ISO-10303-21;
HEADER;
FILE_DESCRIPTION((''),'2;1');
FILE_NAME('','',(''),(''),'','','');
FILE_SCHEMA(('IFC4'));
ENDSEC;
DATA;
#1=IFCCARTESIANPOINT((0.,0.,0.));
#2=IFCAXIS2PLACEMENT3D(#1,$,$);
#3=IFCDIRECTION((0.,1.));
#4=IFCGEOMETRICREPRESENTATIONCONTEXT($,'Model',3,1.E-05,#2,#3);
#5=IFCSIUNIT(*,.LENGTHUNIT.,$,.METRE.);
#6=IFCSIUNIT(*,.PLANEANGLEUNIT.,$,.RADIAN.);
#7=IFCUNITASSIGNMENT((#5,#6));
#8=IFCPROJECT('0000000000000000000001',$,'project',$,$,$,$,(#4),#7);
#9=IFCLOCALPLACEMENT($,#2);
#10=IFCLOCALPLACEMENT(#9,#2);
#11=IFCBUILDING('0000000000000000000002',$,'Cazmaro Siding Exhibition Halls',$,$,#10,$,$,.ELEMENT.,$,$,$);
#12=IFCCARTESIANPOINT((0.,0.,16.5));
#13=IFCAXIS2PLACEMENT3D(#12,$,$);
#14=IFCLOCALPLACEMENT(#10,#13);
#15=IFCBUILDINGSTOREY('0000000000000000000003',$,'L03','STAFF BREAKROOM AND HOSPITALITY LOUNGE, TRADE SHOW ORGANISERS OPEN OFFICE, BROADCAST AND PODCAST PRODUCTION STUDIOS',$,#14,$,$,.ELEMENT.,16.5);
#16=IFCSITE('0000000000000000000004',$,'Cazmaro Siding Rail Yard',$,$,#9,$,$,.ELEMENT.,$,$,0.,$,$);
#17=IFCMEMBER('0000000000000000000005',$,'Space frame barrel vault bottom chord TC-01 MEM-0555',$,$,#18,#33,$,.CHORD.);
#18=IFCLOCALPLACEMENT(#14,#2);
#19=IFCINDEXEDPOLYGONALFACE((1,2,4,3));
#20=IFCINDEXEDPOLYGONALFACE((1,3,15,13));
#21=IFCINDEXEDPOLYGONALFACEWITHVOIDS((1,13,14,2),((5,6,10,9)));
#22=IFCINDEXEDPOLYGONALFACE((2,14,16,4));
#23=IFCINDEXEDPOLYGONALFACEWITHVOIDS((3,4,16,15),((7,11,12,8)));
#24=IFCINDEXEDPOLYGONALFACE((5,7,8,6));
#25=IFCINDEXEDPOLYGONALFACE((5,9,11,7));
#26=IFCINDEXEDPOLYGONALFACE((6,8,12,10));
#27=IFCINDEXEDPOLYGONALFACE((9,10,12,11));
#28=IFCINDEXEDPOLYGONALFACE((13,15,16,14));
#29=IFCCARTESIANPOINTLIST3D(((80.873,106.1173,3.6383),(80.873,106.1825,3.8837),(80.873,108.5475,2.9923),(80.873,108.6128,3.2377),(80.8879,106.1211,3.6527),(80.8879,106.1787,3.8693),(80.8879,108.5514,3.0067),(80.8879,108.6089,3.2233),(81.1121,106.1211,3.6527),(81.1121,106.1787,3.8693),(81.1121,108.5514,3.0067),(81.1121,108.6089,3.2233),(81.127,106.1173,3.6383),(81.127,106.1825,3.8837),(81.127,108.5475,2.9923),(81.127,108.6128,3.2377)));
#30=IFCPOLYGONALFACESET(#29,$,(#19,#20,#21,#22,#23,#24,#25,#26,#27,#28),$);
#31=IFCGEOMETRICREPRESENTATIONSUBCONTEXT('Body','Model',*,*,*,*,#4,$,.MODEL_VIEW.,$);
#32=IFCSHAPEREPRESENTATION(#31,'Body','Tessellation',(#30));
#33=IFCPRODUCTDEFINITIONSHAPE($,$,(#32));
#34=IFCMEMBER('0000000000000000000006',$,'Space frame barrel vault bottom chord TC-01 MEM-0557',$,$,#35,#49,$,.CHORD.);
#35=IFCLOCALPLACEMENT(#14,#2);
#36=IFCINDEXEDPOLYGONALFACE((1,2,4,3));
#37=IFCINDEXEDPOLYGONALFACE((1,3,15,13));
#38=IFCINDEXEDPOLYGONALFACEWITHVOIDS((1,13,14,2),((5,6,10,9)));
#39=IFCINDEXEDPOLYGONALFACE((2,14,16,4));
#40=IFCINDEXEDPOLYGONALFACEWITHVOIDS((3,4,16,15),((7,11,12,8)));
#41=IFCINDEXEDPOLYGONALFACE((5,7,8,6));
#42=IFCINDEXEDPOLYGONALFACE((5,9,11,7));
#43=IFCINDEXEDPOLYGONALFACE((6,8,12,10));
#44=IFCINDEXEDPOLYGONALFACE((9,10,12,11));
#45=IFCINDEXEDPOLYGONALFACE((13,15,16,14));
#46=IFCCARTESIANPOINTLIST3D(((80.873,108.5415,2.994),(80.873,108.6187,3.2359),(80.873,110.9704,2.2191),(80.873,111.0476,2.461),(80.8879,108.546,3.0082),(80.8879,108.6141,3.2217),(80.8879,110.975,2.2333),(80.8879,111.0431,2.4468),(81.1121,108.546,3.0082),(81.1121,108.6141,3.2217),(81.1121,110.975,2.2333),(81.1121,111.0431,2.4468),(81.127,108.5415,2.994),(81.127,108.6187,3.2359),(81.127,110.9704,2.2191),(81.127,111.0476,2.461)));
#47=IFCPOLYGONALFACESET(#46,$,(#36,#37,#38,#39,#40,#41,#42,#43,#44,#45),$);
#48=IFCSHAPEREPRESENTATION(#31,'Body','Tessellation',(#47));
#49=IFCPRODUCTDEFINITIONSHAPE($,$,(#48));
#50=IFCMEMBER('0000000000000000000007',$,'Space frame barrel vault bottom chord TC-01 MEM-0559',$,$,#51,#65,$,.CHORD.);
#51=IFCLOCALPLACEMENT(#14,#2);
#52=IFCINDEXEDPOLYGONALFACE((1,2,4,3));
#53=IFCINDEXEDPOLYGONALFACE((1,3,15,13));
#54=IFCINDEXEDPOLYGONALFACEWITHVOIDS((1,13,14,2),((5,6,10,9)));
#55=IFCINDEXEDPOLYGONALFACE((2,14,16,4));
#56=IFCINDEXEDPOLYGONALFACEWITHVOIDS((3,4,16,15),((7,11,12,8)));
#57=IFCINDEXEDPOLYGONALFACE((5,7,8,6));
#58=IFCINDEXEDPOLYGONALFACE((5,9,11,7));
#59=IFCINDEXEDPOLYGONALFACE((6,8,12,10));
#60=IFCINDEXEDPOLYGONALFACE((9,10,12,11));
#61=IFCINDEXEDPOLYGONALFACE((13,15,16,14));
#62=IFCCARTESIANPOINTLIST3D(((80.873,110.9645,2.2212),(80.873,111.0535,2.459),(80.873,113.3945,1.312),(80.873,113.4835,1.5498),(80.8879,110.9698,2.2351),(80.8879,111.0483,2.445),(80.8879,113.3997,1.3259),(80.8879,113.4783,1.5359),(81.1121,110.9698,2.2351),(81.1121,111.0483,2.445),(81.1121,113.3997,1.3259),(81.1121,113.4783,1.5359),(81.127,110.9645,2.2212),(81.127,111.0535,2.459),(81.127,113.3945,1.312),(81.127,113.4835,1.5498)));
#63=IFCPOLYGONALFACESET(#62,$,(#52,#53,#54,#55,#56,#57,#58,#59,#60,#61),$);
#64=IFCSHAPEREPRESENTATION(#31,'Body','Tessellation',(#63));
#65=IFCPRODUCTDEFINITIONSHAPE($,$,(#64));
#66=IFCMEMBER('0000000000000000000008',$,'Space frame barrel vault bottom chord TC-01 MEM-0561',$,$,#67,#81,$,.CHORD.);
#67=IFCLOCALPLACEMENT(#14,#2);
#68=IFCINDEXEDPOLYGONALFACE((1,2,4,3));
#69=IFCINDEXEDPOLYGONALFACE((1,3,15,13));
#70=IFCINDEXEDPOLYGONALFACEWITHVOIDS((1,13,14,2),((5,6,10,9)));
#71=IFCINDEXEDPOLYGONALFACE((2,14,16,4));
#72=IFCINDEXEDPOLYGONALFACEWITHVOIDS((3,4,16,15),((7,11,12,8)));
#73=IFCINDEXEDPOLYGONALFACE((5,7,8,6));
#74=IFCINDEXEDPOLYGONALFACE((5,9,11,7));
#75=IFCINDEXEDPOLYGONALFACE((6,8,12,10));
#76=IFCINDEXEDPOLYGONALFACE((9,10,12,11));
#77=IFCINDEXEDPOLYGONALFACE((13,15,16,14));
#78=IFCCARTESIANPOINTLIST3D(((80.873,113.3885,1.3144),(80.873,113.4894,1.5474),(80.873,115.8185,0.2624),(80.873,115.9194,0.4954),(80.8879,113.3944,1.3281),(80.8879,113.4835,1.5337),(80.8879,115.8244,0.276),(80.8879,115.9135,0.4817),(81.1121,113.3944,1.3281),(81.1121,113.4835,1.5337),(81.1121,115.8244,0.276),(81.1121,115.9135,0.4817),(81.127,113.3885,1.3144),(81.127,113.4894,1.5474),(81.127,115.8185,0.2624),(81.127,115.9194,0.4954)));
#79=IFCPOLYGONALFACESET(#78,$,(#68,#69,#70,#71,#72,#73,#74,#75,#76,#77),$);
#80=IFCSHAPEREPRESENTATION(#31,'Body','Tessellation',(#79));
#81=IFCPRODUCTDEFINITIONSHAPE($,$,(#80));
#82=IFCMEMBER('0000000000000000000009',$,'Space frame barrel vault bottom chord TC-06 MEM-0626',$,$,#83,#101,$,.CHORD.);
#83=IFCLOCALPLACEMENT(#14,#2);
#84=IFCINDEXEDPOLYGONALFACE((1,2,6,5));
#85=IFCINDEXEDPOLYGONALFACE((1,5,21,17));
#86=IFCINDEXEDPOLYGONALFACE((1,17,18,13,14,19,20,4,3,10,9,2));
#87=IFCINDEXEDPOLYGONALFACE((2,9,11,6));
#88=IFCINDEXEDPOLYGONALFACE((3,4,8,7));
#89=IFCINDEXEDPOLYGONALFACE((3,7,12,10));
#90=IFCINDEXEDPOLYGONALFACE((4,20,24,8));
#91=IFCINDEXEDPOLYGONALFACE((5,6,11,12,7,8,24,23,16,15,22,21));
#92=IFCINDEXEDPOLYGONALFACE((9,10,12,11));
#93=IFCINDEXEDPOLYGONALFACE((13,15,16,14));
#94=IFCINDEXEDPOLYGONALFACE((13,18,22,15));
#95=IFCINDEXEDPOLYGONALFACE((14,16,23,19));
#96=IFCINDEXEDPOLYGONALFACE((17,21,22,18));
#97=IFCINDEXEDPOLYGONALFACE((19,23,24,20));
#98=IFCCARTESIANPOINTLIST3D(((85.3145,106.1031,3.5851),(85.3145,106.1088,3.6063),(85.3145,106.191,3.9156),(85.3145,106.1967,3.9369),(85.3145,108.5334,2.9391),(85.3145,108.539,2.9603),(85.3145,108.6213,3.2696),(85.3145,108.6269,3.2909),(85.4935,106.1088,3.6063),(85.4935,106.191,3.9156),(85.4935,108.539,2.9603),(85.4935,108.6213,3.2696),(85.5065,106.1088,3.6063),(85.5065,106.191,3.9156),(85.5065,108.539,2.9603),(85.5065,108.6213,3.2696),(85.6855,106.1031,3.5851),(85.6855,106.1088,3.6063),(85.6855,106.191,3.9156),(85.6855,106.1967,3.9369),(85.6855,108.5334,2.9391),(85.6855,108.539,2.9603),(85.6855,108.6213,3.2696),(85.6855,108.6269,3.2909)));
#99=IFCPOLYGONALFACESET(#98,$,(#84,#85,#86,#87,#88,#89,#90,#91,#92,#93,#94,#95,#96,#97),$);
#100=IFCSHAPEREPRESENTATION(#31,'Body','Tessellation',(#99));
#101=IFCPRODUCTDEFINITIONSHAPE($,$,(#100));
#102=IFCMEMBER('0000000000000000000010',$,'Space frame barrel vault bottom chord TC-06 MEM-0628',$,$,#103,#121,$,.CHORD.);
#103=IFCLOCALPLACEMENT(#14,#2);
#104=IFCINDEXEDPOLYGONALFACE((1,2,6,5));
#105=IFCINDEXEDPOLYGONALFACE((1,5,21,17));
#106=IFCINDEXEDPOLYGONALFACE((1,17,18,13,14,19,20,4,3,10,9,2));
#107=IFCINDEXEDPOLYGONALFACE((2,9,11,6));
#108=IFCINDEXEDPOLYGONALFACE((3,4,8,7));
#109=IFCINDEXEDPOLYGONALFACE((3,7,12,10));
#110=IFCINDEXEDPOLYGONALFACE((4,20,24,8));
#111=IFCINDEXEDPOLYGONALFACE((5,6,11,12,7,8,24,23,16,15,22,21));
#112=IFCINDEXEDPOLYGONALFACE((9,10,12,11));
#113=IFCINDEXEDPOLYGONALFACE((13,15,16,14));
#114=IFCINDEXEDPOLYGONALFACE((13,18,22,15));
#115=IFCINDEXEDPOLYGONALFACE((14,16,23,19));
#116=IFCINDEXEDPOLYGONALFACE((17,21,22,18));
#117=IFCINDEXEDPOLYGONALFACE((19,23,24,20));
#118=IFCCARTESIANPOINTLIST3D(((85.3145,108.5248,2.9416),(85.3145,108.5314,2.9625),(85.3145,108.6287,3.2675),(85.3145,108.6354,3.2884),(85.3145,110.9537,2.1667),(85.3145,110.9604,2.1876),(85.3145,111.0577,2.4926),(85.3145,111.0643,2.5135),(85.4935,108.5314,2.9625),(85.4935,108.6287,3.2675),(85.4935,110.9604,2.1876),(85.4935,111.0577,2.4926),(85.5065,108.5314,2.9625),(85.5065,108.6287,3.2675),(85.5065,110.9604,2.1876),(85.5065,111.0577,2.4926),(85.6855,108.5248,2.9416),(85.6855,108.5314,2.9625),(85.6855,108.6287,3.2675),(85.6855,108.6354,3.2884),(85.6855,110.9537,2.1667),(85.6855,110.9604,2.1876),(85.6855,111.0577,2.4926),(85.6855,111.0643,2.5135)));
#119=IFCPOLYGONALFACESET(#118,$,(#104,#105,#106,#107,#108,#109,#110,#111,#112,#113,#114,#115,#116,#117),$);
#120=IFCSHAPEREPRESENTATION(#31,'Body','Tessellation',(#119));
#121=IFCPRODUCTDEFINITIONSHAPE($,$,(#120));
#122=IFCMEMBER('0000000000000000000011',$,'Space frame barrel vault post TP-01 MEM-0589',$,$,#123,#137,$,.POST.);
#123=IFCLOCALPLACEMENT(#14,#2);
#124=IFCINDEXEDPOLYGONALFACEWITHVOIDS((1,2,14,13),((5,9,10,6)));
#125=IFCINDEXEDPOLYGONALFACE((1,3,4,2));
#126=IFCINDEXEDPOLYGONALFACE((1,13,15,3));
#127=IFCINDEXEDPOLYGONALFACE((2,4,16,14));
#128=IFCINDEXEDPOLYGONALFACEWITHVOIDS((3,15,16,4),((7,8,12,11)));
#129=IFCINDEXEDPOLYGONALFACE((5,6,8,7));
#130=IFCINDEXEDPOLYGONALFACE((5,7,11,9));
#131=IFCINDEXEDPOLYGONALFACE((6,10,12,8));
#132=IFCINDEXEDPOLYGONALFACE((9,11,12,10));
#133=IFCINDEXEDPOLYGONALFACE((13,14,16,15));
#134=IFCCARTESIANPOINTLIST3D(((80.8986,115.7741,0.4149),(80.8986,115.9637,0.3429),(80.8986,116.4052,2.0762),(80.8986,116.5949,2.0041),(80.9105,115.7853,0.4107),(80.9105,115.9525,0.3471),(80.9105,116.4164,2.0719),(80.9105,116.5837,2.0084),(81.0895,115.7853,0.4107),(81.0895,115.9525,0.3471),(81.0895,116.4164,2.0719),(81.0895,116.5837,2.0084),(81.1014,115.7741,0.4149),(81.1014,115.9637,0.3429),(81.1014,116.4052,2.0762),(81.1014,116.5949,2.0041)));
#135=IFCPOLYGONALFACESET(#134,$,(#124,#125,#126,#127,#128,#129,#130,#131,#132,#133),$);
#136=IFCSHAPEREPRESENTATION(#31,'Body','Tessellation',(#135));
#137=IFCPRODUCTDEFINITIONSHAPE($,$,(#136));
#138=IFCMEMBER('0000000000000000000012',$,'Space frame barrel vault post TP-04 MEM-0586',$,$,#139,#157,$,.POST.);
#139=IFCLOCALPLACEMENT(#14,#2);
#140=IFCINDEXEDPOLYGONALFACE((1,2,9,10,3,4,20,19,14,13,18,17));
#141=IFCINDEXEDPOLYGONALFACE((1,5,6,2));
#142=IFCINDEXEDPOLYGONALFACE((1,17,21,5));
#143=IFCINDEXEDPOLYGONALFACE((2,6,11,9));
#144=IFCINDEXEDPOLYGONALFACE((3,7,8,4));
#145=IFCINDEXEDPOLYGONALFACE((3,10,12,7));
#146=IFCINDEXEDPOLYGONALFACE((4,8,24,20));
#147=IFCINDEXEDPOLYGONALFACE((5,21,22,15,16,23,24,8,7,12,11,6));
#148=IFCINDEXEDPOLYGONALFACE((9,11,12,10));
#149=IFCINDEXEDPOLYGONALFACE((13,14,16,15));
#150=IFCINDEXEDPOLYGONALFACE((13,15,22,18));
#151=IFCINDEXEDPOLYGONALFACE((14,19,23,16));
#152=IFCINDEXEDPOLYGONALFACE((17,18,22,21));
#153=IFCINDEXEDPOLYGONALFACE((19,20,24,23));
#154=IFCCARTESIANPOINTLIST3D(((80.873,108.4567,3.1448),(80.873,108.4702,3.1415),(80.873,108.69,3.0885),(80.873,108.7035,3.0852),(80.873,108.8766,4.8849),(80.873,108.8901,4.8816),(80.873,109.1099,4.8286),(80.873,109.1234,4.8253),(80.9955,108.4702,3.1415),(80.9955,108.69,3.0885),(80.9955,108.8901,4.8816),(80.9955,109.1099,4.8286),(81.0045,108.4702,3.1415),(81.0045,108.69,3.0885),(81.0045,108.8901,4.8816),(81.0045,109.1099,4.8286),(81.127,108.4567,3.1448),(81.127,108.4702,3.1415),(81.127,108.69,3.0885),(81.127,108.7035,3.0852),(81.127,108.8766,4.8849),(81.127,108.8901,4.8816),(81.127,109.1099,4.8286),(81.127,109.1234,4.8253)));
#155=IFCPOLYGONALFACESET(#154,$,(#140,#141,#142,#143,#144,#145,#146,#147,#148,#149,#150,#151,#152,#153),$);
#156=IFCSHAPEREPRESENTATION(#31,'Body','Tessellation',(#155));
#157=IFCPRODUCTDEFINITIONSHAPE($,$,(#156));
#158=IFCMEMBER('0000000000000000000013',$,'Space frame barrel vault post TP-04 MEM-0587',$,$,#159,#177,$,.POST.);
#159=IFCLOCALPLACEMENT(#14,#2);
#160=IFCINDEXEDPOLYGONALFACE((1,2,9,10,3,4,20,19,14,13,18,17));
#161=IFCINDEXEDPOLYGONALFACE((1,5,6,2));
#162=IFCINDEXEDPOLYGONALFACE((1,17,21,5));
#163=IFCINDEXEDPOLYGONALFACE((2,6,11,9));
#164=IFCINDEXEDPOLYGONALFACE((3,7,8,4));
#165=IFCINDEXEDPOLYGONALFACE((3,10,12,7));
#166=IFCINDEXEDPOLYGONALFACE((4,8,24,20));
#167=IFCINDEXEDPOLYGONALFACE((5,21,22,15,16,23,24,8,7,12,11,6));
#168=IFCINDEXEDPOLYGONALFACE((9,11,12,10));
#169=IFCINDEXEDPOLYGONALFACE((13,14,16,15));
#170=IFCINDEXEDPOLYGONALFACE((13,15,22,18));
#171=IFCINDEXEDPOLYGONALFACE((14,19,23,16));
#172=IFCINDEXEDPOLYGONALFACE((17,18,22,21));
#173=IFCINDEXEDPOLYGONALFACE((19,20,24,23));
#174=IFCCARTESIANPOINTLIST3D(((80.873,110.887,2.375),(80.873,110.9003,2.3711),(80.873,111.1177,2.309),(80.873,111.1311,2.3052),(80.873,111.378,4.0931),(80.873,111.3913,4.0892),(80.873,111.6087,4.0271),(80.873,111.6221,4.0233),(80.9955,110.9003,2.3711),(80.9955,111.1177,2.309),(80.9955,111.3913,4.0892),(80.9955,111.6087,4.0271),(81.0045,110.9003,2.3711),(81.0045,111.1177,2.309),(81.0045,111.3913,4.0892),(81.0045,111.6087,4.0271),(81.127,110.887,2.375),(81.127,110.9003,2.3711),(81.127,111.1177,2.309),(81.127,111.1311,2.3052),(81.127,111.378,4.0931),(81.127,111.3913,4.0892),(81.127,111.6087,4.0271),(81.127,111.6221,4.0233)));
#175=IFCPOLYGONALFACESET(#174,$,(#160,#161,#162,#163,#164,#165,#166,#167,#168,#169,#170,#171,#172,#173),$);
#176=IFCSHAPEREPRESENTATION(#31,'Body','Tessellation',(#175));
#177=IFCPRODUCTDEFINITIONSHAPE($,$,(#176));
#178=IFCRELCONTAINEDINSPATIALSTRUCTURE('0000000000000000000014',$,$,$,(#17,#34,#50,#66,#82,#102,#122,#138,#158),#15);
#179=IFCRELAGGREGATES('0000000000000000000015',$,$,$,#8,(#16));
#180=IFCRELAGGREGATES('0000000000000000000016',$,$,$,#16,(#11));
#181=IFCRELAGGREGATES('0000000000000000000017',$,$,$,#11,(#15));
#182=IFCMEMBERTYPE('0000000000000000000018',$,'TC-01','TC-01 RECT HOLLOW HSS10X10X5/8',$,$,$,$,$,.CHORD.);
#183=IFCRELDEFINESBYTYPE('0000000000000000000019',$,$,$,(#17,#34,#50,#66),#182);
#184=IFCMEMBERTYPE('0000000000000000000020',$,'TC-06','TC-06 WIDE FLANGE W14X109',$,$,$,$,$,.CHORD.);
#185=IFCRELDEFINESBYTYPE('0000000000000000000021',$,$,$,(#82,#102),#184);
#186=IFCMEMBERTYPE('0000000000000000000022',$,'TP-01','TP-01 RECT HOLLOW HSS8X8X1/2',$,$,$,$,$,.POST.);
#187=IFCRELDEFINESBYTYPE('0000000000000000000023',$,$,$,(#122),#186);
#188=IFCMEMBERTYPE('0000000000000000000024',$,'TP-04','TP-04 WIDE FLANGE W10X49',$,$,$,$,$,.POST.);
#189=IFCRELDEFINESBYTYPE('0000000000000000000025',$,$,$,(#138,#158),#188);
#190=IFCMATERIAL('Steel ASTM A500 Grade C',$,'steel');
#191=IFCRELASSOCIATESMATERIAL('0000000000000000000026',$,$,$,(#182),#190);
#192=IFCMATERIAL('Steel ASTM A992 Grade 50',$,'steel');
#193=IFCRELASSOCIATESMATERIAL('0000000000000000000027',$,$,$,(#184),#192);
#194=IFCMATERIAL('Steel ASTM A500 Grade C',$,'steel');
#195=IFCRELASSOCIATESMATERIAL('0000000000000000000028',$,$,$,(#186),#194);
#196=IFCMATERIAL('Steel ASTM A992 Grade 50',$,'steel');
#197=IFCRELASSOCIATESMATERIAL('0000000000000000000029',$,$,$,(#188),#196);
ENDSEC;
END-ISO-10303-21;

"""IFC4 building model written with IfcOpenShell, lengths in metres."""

from ifc_helpers import new_model, si_unit, direction, frame, origin, origin_2d, place, context, subcontext, project, spatial, hollow_rectangle, i_section, extrude, material, material_profile, profile_set, type_object, element, save


model = new_model("IFC4")

# Units and contexts
model_context = context("Model", 3, precision=1e-05, world=origin(), true_north=direction((0.0, 1.0)))
body_context = subcontext(model_context, "Body", "Model", "MODEL_VIEW")
ifc_project = project(units=[si_unit("LENGTHUNIT", "METRE"), si_unit("PLANEANGLEUNIT", "RADIAN")], contexts=[model_context])

# Site, building, storey
site_placement = place(None, origin())
site = spatial("IfcSite", under=ifc_project, at=site_placement, Name="Cazmaro Siding Rail Yard", CompositionType="ELEMENT", RefElevation=0.0)
building_placement = place(site_placement, origin())
building = spatial("IfcBuilding", under=site, at=building_placement, Name="Cazmaro Siding Exhibition Halls", CompositionType="ELEMENT")
storey_placement = place(building_placement, frame((0.0, 0.0, 16.5)))
storey = spatial("IfcBuildingStorey", under=building, at=storey_placement, Name="L03", Description="STAFF BREAKROOM AND HOSPITALITY LOUNGE, TRADE SHOW ORGANISERS OPEN OFFICE, BROADCAST AND PODCAST PRODUCTION STUDIOS", CompositionType="ELEMENT", Elevation=16.5)

# Members
ifc_material_1 = material(Name="Steel ASTM A500 Grade C", Category="steel")
ifc_material_profile_1 = material_profile(ifc_material_1, hollow_rectangle(XDim=0.2539, YDim=0.2539, WallThickness=0.0149, at=origin_2d()), Name="HSS10X10X5/8")
ifc_profile_set_1 = profile_set([ifc_material_profile_1], Name="Steel ASTM A500 Grade C")
member_type_1 = type_object("IfcMemberType", Name="TC-01", Description="TC-01 RECT HOLLOW HSS10X10X5/8", PredefinedType="CHORD", material=ifc_profile_set_1)
member_1_placement = place(storey_placement, frame((81.0, 106.1499, 3.761), z_axis=(0.0, 0.966438, -0.256901), x_axis=(-1.0, 0.0, 0.0)))
element("IfcMember", 1, at=member_1_placement, inside=storey, type_object=member_type_1, Name="Space frame barrel vault bottom chord TC-01 MEM-0555", PredefinedType="CHORD", context=body_context, shape_type="SweptSolid", body=[
    extrude(hollow_rectangle(XDim=0.2539, YDim=0.2539, WallThickness=0.0149, at=origin_2d()), origin(), (0.0, 0.0, 1.0), 2.5146),
])
member_2_placement = place(storey_placement, frame((81.0, 108.5801, 3.115), z_axis=(0.0, 0.952693, -0.303935), x_axis=(-1.0, 0.0, 0.0)))
element("IfcMember", 2, at=member_2_placement, inside=storey, type_object=member_type_1, Name="Space frame barrel vault bottom chord TC-01 MEM-0557", PredefinedType="CHORD", context=body_context, shape_type="SweptSolid", body=[
    extrude(hollow_rectangle(XDim=0.2539, YDim=0.2539, WallThickness=0.0149, at=origin_2d()), origin(), (0.0, 0.0, 1.0), 2.5496),
])
member_3_placement = place(storey_placement, frame((81.0, 111.009, 2.3401), z_axis=(0.0, 0.936588, -0.350432), x_axis=(-1.0, 0.0, 0.0)))
element("IfcMember", 3, at=member_3_placement, inside=storey, type_object=member_type_1, Name="Space frame barrel vault bottom chord TC-01 MEM-0559", PredefinedType="CHORD", context=body_context, shape_type="SweptSolid", body=[
    extrude(hollow_rectangle(XDim=0.2539, YDim=0.2539, WallThickness=0.0149, at=origin_2d()), origin(), (0.0, 0.0, 1.0), 2.5945),
])
member_4_placement = place(storey_placement, frame((81.0, 113.439, 1.4309), z_axis=(0.0, 0.917689, -0.397299), x_axis=(-1.0, 0.0, 0.0)))
element("IfcMember", 4, at=member_4_placement, inside=storey, type_object=member_type_1, Name="Space frame barrel vault bottom chord TC-01 MEM-0561", PredefinedType="CHORD", context=body_context, shape_type="SweptSolid", body=[
    extrude(hollow_rectangle(XDim=0.2539, YDim=0.2539, WallThickness=0.0149, at=origin_2d()), origin(), (0.0, 0.0, 1.0), 2.6479),
])
ifc_material_2 = material(Name="Steel ASTM A992 Grade 50", Category="steel")
ifc_material_profile_2 = material_profile(ifc_material_2, i_section(OverallWidth=0.3711, OverallDepth=0.364, WebThickness=0.0129, FlangeThickness=0.022, at=origin_2d()), Name="W14X109")
ifc_profile_set_2 = profile_set([ifc_material_profile_2], Name="Steel ASTM A992 Grade 50")
member_type_2 = type_object("IfcMemberType", Name="TC-06", Description="TC-06 WIDE FLANGE W14X109", PredefinedType="CHORD", material=ifc_profile_set_2)
member_5_placement = place(storey_placement, frame((85.5, 106.1499, 3.761), z_axis=(0.0, 0.966438, -0.256901), x_axis=(-1.0, 0.0, 0.0)))
element("IfcMember", 5, at=member_5_placement, inside=storey, type_object=member_type_2, Name="Space frame barrel vault bottom chord TC-06 MEM-0626", PredefinedType="CHORD", context=body_context, shape_type="SweptSolid", body=[
    extrude(i_section(OverallWidth=0.3711, OverallDepth=0.364, WebThickness=0.0129, FlangeThickness=0.022, at=origin_2d()), origin(), (0.0, 0.0, 1.0), 2.5146),
])
member_6_placement = place(storey_placement, frame((85.5, 108.5801, 3.115), z_axis=(0.0, 0.952693, -0.303935), x_axis=(-1.0, 0.0, 0.0)))
element("IfcMember", 6, at=member_6_placement, inside=storey, type_object=member_type_2, Name="Space frame barrel vault bottom chord TC-06 MEM-0628", PredefinedType="CHORD", context=body_context, shape_type="SweptSolid", body=[
    extrude(i_section(OverallWidth=0.3711, OverallDepth=0.364, WebThickness=0.0129, FlangeThickness=0.022, at=origin_2d()), origin(), (0.0, 0.0, 1.0), 2.5496),
])
ifc_material_3 = material(Name="Steel ASTM A500 Grade C", Category="steel")
ifc_material_profile_3 = material_profile(ifc_material_3, hollow_rectangle(XDim=0.2029, YDim=0.2029, WallThickness=0.012, at=origin_2d()), Name="HSS8X8X1/2")
ifc_profile_set_3 = profile_set([ifc_material_profile_3], Name="Steel ASTM A500 Grade C")
member_type_3 = type_object("IfcMemberType", Name="TP-01", Description="TP-01 RECT HOLLOW HSS8X8X1/2", PredefinedType="POST", material=ifc_profile_set_3)
member_7_placement = place(storey_placement, frame((81.0, 115.8689, 0.3789), z_axis=(0.0, 0.355155, 0.934807), x_axis=(-1.0, 0.0, 0.0)))
element("IfcMember", 7, at=member_7_placement, inside=storey, type_object=member_type_3, Name="Space frame barrel vault post TP-01 MEM-0589", PredefinedType="POST", context=body_context, shape_type="SweptSolid", body=[
    extrude(hollow_rectangle(XDim=0.2029, YDim=0.2029, WallThickness=0.012, at=origin_2d()), origin(), (0.0, 0.0, 1.0), 1.7771),
])
ifc_material_4 = material(Name="Steel ASTM A992 Grade 50", Category="steel")
ifc_material_profile_4 = material_profile(ifc_material_4, i_section(OverallWidth=0.2539, OverallDepth=0.2539, WebThickness=0.009, FlangeThickness=0.0139, at=origin_2d()), Name="W10X49")
ifc_profile_set_4 = profile_set([ifc_material_profile_4], Name="Steel ASTM A992 Grade 50")
member_type_4 = type_object("IfcMemberType", Name="TP-04", Description="TP-04 WIDE FLANGE W10X49", PredefinedType="POST", material=ifc_profile_set_4)
member_8_placement = place(storey_placement, frame((81.0, 108.5801, 3.115), z_axis=(0.0, 0.234601, 0.972092), x_axis=(-1.0, 0.0, 0.0)))
element("IfcMember", 8, at=member_8_placement, inside=storey, type_object=member_type_4, Name="Space frame barrel vault post TP-04 MEM-0586", PredefinedType="POST", context=body_context, shape_type="SweptSolid", body=[
    extrude(i_section(OverallWidth=0.2539, OverallDepth=0.2539, WebThickness=0.009, FlangeThickness=0.0139, at=origin_2d()), origin(), (0.0, 0.0, 1.0), 1.79),
])
member_9_placement = place(storey_placement, frame((81.0, 111.009, 2.3401), z_axis=(0.0, 0.274775, 0.961508), x_axis=(-1.0, 0.0, 0.0)))
element("IfcMember", 9, at=member_9_placement, inside=storey, type_object=member_type_4, Name="Space frame barrel vault post TP-04 MEM-0587", PredefinedType="POST", context=body_context, shape_type="SweptSolid", body=[
    extrude(i_section(OverallWidth=0.2539, OverallDepth=0.2539, WebThickness=0.009, FlangeThickness=0.0139, at=origin_2d()), origin(), (0.0, 0.0, 1.0), 1.7869),
])

save(model, "model.ifc")
